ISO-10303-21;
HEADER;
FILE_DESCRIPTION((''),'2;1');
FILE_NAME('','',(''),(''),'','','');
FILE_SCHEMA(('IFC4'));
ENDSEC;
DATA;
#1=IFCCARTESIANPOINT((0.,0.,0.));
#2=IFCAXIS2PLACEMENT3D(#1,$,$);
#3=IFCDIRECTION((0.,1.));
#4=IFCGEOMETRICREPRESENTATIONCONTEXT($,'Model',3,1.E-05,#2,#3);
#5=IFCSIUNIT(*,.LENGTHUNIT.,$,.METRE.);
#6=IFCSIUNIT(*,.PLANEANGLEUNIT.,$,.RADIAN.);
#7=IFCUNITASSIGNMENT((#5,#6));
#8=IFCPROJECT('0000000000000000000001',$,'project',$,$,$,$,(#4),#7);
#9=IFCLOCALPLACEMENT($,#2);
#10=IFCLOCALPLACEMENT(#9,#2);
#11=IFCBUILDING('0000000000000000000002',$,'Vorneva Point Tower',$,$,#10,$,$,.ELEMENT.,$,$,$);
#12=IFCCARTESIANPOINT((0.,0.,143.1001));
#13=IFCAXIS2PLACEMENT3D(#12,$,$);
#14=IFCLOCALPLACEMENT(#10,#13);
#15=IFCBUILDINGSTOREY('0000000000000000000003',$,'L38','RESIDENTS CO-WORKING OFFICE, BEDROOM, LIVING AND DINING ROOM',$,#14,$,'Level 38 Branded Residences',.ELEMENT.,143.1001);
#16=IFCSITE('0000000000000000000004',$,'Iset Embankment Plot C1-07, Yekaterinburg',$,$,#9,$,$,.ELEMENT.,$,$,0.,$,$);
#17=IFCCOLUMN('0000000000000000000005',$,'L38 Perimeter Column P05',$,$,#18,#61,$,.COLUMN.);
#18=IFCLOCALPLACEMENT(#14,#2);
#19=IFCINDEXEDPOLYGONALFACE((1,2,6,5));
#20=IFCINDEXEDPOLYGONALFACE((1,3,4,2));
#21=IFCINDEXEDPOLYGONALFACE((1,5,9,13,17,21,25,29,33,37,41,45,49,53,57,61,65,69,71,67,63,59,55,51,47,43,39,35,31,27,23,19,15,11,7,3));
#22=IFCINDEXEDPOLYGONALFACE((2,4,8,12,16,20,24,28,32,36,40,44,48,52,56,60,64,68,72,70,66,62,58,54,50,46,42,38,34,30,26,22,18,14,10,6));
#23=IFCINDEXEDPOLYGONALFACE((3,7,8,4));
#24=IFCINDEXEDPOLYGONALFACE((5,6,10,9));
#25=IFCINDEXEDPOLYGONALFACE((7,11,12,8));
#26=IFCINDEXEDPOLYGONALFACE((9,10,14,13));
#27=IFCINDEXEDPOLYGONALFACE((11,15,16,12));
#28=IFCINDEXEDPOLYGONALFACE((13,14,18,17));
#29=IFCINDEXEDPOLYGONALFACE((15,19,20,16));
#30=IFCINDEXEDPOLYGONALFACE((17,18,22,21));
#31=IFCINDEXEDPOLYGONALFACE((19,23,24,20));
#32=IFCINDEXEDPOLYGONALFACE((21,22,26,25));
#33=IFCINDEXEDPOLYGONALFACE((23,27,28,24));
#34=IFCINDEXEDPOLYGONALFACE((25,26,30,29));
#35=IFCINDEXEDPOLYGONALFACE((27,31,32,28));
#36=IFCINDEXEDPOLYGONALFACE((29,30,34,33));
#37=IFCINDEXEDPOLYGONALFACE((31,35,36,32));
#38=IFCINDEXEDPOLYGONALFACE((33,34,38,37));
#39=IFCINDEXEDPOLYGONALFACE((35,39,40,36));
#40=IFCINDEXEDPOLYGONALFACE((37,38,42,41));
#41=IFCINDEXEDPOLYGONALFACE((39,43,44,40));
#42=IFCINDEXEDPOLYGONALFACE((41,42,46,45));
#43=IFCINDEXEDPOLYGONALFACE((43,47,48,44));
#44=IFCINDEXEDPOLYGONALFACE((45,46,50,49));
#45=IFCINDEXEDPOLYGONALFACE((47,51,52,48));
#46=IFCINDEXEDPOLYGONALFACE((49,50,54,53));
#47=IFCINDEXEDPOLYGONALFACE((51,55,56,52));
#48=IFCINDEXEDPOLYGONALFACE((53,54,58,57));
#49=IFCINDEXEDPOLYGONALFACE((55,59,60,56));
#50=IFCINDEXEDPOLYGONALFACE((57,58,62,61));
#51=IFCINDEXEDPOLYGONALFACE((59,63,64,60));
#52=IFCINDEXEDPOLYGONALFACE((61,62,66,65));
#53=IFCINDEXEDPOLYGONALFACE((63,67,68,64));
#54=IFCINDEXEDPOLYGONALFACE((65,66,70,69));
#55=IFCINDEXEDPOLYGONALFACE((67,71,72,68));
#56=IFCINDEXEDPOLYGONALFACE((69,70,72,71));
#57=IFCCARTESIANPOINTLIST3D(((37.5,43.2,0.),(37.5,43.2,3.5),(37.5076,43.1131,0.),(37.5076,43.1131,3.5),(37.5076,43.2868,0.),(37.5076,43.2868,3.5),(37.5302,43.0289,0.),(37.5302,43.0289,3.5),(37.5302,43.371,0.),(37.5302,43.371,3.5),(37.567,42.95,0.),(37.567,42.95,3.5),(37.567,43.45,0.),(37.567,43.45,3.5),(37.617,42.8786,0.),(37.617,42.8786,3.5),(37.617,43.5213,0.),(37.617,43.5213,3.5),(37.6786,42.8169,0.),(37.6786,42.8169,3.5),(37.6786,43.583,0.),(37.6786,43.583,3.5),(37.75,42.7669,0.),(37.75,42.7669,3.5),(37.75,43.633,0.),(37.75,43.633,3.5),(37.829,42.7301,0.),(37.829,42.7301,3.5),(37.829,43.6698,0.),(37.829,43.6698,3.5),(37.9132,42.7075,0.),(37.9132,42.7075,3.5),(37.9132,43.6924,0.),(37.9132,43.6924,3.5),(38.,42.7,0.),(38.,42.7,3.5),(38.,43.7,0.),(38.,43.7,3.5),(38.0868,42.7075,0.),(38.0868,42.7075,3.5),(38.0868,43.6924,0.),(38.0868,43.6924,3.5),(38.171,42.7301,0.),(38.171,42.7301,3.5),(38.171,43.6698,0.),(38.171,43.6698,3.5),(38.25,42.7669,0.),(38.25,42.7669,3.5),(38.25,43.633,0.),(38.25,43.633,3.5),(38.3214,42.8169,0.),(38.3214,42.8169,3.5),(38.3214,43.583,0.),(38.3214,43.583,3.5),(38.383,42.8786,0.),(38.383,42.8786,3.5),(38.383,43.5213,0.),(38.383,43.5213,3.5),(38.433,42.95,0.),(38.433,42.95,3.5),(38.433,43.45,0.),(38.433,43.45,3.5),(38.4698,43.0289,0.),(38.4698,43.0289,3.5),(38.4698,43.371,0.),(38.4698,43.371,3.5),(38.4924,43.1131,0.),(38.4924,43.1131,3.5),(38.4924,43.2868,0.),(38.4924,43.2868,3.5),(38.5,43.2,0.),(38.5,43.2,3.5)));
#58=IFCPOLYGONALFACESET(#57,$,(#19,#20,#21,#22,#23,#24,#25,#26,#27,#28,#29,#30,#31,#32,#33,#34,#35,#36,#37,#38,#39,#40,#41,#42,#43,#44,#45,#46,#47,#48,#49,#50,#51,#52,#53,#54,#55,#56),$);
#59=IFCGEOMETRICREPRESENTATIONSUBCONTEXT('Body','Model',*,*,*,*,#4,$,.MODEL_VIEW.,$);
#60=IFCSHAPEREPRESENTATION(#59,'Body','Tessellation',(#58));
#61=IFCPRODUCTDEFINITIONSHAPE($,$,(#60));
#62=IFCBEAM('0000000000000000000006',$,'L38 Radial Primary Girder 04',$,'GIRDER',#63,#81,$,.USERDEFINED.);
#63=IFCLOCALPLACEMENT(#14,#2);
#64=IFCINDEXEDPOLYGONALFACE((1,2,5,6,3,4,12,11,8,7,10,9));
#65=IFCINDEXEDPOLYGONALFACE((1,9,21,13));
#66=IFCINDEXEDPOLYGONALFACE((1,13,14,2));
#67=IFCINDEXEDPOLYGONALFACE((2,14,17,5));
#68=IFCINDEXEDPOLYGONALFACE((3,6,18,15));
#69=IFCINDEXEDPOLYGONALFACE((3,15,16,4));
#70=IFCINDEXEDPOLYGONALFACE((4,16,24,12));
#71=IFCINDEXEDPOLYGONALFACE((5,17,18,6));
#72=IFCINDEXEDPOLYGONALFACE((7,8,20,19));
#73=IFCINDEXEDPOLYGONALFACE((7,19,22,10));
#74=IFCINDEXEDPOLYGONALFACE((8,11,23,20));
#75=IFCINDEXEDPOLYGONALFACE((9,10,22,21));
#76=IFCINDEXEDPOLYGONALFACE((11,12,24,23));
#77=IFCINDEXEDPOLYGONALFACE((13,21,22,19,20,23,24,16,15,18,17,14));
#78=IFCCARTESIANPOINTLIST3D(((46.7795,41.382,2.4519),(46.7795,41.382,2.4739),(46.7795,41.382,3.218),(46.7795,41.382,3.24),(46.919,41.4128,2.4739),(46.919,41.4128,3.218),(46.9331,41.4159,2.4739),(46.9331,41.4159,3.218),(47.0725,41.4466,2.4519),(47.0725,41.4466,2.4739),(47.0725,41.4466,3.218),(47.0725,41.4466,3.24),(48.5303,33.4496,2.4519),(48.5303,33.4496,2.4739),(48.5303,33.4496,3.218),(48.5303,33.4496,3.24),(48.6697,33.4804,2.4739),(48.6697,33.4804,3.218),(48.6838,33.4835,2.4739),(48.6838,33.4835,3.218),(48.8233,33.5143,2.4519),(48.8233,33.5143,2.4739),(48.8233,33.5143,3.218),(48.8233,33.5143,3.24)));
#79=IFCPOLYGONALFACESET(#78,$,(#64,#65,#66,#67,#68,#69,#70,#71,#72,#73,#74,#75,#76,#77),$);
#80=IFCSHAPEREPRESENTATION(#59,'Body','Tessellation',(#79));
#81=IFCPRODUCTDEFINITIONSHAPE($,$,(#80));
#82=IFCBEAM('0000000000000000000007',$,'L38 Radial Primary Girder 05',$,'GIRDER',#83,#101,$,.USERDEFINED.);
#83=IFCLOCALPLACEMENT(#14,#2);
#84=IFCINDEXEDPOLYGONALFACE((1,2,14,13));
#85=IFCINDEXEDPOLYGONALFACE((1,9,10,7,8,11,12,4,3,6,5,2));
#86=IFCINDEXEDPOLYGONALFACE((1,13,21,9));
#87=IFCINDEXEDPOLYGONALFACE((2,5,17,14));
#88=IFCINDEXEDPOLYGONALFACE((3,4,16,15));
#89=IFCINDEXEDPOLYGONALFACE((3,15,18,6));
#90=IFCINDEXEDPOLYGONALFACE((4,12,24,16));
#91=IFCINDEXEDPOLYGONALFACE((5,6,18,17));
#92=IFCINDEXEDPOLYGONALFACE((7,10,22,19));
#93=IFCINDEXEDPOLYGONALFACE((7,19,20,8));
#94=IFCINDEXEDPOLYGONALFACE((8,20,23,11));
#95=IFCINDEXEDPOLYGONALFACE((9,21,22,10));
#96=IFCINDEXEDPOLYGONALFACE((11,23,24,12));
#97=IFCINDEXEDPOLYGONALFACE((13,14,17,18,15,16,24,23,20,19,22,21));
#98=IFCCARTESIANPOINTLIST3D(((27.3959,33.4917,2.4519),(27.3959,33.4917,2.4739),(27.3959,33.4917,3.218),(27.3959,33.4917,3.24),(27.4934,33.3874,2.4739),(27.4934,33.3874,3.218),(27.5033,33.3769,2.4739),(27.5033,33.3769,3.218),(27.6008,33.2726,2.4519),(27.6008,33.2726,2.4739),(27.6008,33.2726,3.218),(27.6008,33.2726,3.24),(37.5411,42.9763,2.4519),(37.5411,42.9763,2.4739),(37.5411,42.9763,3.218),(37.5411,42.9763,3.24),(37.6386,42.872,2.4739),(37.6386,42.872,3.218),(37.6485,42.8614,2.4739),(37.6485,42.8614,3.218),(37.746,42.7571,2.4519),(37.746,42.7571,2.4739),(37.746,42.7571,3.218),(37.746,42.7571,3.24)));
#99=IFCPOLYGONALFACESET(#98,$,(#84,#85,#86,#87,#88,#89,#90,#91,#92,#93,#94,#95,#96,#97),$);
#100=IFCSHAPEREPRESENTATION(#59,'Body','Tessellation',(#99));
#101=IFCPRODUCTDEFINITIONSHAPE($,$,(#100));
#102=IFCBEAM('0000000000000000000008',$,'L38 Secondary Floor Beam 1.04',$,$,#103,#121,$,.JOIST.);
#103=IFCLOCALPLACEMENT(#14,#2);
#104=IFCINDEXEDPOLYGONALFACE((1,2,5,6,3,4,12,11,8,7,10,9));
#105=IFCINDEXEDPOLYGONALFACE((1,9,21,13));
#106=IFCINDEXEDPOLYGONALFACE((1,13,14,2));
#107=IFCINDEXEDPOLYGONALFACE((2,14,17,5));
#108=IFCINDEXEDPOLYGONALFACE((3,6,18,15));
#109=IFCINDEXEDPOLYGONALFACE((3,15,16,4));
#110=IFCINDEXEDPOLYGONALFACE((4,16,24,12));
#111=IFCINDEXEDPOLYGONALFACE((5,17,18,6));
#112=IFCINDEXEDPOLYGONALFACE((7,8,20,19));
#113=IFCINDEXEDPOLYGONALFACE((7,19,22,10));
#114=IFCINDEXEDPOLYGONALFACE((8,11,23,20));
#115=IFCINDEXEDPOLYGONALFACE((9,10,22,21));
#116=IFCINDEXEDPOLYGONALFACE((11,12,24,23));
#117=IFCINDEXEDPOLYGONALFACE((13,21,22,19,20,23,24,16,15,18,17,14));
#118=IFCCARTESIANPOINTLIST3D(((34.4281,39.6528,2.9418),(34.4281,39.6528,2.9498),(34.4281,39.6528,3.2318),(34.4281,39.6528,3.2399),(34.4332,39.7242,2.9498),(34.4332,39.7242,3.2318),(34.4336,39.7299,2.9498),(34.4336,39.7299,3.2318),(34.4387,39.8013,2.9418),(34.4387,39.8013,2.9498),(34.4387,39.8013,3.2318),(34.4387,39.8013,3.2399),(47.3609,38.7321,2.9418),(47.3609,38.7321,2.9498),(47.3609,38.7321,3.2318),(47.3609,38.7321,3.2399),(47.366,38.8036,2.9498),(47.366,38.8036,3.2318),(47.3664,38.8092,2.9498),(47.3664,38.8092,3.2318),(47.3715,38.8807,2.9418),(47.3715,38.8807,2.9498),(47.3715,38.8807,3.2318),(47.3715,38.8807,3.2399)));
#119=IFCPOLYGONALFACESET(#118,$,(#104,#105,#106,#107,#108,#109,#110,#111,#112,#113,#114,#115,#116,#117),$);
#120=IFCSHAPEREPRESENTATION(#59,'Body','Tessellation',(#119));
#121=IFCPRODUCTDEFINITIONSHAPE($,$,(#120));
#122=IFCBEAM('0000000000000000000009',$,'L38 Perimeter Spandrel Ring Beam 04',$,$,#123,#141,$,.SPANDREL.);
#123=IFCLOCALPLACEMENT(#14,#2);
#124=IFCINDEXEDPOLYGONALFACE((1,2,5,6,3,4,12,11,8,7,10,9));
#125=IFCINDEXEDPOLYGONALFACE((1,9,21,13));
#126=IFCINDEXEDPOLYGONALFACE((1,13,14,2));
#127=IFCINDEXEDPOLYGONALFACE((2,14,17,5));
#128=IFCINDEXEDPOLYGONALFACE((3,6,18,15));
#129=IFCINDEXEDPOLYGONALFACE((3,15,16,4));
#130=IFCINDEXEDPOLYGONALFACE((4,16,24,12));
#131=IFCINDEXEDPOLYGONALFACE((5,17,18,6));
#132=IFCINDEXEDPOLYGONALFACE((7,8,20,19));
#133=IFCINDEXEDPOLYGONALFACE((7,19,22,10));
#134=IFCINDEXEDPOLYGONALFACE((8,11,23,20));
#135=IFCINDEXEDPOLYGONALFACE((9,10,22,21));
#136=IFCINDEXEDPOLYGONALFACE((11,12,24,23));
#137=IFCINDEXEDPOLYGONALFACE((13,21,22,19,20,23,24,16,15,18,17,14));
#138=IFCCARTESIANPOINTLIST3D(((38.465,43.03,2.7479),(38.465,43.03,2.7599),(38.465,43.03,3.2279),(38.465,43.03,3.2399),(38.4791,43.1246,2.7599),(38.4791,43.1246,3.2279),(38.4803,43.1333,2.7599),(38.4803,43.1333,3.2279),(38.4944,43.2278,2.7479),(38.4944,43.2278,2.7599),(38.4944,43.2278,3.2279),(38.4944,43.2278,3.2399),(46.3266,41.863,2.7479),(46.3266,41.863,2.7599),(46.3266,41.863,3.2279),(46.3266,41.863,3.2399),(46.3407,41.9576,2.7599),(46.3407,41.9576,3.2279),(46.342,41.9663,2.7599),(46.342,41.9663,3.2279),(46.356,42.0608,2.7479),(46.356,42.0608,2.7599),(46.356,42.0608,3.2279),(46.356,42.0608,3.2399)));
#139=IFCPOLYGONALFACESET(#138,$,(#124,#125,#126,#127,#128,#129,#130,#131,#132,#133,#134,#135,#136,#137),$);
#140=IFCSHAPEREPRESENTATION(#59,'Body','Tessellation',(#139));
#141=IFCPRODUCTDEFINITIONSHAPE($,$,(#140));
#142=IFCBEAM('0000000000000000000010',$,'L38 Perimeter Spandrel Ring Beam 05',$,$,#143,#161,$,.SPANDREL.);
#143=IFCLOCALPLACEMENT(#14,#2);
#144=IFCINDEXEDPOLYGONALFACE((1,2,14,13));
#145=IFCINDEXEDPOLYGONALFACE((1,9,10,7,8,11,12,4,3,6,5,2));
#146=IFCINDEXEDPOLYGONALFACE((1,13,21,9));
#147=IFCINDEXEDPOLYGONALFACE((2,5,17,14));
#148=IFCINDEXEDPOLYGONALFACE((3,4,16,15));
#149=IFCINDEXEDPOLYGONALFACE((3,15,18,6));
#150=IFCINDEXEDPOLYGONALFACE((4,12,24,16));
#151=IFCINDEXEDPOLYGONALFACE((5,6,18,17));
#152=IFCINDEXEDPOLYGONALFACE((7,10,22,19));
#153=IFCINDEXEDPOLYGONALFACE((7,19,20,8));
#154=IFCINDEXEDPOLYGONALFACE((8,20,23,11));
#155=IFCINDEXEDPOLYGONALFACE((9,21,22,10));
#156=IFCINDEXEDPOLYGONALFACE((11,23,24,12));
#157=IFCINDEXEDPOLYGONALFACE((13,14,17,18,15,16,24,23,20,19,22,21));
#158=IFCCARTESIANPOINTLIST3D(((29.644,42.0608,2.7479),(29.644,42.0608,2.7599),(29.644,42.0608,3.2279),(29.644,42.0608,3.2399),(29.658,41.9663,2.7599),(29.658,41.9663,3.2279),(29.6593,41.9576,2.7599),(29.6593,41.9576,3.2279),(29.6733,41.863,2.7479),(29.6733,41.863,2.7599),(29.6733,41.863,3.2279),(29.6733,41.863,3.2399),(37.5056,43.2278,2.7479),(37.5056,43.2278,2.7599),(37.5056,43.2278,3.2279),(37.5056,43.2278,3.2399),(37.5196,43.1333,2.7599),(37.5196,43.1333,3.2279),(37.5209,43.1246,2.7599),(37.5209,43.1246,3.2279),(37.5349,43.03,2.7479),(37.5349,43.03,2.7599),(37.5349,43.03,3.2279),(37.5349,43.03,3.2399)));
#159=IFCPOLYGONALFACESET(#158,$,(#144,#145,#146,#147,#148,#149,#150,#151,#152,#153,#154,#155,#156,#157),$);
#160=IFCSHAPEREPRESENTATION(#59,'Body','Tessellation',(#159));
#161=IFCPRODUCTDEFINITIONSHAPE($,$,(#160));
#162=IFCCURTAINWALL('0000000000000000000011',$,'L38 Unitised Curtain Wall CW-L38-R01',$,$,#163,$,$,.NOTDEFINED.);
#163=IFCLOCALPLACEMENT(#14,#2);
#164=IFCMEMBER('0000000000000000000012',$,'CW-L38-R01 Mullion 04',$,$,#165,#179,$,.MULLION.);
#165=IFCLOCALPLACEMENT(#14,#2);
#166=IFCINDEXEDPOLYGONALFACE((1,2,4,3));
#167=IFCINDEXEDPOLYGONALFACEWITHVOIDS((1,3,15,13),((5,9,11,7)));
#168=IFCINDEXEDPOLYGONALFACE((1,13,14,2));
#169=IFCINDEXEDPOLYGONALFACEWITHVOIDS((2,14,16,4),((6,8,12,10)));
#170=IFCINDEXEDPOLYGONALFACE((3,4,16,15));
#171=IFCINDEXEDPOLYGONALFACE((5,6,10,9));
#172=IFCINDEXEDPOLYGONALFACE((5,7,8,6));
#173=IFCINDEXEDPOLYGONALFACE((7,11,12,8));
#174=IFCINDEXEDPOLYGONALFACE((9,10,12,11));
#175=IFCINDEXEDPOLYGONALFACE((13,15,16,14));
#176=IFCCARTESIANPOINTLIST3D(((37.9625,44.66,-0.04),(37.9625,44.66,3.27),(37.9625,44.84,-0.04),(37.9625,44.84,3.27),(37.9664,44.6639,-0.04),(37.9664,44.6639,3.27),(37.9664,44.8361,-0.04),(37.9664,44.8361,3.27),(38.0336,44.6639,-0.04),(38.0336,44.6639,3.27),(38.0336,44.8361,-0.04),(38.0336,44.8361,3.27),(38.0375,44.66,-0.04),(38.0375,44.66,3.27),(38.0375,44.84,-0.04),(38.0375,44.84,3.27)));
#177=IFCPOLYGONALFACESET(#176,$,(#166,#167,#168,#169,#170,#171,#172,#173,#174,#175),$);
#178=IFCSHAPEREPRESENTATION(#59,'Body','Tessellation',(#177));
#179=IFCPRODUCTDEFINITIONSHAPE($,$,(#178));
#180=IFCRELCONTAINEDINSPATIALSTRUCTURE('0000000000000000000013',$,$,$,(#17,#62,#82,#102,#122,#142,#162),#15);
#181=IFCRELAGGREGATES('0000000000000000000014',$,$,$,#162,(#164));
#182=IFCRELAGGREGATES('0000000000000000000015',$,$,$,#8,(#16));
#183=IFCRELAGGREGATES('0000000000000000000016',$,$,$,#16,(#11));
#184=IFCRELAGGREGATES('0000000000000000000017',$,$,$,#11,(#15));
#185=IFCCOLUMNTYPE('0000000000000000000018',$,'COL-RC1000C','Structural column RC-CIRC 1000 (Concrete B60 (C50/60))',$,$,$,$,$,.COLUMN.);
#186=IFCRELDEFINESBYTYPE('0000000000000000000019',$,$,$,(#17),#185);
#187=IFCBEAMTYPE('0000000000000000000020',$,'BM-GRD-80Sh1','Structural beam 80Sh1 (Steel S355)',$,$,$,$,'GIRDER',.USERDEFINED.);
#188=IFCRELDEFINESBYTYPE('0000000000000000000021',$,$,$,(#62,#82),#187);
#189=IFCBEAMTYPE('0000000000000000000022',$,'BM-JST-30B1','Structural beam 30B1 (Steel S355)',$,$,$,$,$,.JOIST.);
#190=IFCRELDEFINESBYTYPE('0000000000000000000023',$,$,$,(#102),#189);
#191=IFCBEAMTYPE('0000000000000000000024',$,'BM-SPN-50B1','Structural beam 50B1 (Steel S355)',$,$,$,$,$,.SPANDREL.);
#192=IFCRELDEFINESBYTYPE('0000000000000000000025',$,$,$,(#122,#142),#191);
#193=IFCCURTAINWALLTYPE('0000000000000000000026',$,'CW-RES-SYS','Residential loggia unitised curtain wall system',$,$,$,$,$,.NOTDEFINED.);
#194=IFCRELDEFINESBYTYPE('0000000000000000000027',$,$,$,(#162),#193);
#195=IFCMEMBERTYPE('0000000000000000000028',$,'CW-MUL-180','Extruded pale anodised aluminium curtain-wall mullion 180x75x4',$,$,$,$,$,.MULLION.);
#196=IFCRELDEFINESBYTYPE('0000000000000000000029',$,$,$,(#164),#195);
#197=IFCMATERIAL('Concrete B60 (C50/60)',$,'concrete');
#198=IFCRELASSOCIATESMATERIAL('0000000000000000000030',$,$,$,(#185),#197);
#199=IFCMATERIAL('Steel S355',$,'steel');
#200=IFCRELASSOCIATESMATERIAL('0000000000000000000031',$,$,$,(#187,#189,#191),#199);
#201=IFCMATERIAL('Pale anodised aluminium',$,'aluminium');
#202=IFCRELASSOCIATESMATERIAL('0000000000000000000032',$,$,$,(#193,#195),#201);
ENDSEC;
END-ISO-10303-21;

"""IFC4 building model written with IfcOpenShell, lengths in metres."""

from ifc_helpers import new_model, si_unit, direction, frame, origin, origin_2d, place, context, subcontext, project, spatial, hollow_rectangle, circle, i_section, extrude, material, material_profile, profile_set, type_object, element, aggregate, save


model = new_model("IFC4")

# Units and contexts
model_context = context("Model", 3, precision=1e-05, world=origin(), true_north=direction((0.0, 1.0)))
body_context = subcontext(model_context, "Body", "Model", "MODEL_VIEW")
ifc_project = project(units=[si_unit("LENGTHUNIT", "METRE"), si_unit("PLANEANGLEUNIT", "RADIAN")], contexts=[model_context])

# Site, building, storey
site_placement = place(None, origin())
site = spatial("IfcSite", under=ifc_project, at=site_placement, Name="Iset Embankment Plot C1-07, Yekaterinburg", CompositionType="ELEMENT", RefElevation=0.0)
building_placement = place(site_placement, origin())
building = spatial("IfcBuilding", under=site, at=building_placement, Name="Vorneva Point Tower", CompositionType="ELEMENT")
storey_placement = place(building_placement, frame((0.0, 0.0, 143.1001)))
storey = spatial("IfcBuildingStorey", under=building, at=storey_placement, Name="L38", Description="RESIDENTS CO-WORKING OFFICE, BEDROOM, LIVING AND DINING ROOM", LongName="Level 38 Branded Residences", CompositionType="ELEMENT", Elevation=143.1001)

# Column
ifc_material_1 = material(Name="Concrete B60 (C50/60)", Category="concrete")
ifc_material_profile_1 = material_profile(ifc_material_1, circle(Radius=0.5, at=origin_2d()), Name="RC-CIRC 1000")
ifc_profile_set_1 = profile_set([ifc_material_profile_1], Name="Concrete B60 (C50/60)")
column_type = type_object("IfcColumnType", Name="COL-RC1000C", Description="Structural column RC-CIRC 1000 (Concrete B60 (C50/60))", PredefinedType="COLUMN", material=ifc_profile_set_1)
for number, where, z_axis, x_axis, name in (
    (1, (38.0, 43.2, 0.0), (0.0, 0.0, 1.0), (0.0, 1.0, 0.0), "L38 Perimeter Column P05"),
):
    element("IfcColumn", number, at=place(storey_placement, frame(where, z_axis=z_axis, x_axis=x_axis)), inside=storey, type_object=column_type, Name=name, PredefinedType="COLUMN", context=body_context, shape_type="SweptSolid", body=[
        extrude(circle(Radius=0.5, at=origin_2d()), origin(), (0.0, 0.0, 1.0), 3.5),
    ])

# Beams
ifc_material_2 = material(Name="Steel S355", Category="steel")
ifc_material_profile_2 = material_profile(ifc_material_2, i_section(OverallWidth=0.3, OverallDepth=0.7881, WebThickness=0.0144, FlangeThickness=0.022, at=origin_2d()), Name="80Sh1")
ifc_profile_set_2 = profile_set([ifc_material_profile_2], Name="Steel S355")
beam_type_1 = type_object("IfcBeamType", Name="BM-GRD-80Sh1", Description="Structural beam 80Sh1 (Steel S355)", ElementType="GIRDER", PredefinedType="USERDEFINED", material=ifc_profile_set_2)
beam_1_placement = place(storey_placement, frame((46.926, 41.4143, 2.8459), z_axis=(0.215521, -0.976499, 0.0), x_axis=(0.976499, 0.215521, 0.0)))
element("IfcBeam", 2, at=beam_1_placement, inside=storey, type_object=beam_type_1, Name="L38 Radial Primary Girder 04", ObjectType="GIRDER", PredefinedType="USERDEFINED", context=body_context, shape_type="SweptSolid", body=[
    extrude(i_section(OverallWidth=0.3, OverallDepth=0.7881, WebThickness=0.0144, FlangeThickness=0.022, at=origin_2d()), origin(), (0.0, 0.0, 1.0), 8.1233),
])
beam_2_placement = place(storey_placement, frame((37.6436, 42.8667, 2.8459), z_axis=(-0.730491, -0.682922, 0.0), x_axis=(0.682922, -0.730491, 0.0)))
element("IfcBeam", 3, at=beam_2_placement, inside=storey, type_object=beam_type_1, Name="L38 Radial Primary Girder 05", ObjectType="GIRDER", PredefinedType="USERDEFINED", context=body_context, shape_type="SweptSolid", body=[
    extrude(i_section(OverallWidth=0.3, OverallDepth=0.7881, WebThickness=0.0144, FlangeThickness=0.022, at=origin_2d()), origin(), (0.0, 0.0, 1.0), 13.8882),
])
ifc_material_profile_3 = material_profile(ifc_material_2, i_section(OverallWidth=0.1489, OverallDepth=0.2981, WebThickness=0.0056, FlangeThickness=0.0081, at=origin_2d()), Name="30B1")
ifc_profile_set_3 = profile_set([ifc_material_profile_3], Name="Steel S355")
beam_type_2 = type_object("IfcBeamType", Name="BM-JST-30B1", Description="Structural beam 30B1 (Steel S355)", PredefinedType="JOIST", material=ifc_profile_set_3)
beam_3_placement = place(storey_placement, frame((47.3662, 38.8064, 3.0908), z_axis=(-0.997476, 0.071008, 0.0), x_axis=(-0.071008, -0.997476, 0.0)))
element("IfcBeam", 4, at=beam_3_placement, inside=storey, type_object=beam_type_2, Name="L38 Secondary Floor Beam 1.04", PredefinedType="JOIST", context=body_context, shape_type="SweptSolid", body=[
    extrude(i_section(OverallWidth=0.1489, OverallDepth=0.2981, WebThickness=0.0056, FlangeThickness=0.0081, at=origin_2d()), origin(), (0.0, 0.0, 1.0), 12.9656),
])
ifc_material_profile_4 = material_profile(ifc_material_2, i_section(OverallWidth=0.2, OverallDepth=0.4919, WebThickness=0.0088, FlangeThickness=0.012, at=origin_2d()), Name="50B1")
ifc_profile_set_4 = profile_set([ifc_material_profile_4], Name="Steel S355")
beam_type_3 = type_object("IfcBeamType", Name="BM-SPN-50B1", Description="Structural beam 50B1 (Steel S355)", PredefinedType="SPANDREL", material=ifc_profile_set_4)
for number, where, z_axis, x_axis, name in (
    (5, (46.3413, 41.9619, 2.9939), (-0.989161, 0.146834, 0.0), (-0.146834, -0.989161, 0.0), "L38 Perimeter Spandrel Ring Beam 04"),
    (6, (37.5203, 43.1289, 2.9939), (-0.989161, -0.146834, 0.0), (0.146834, -0.989161, 0.0), "L38 Perimeter Spandrel Ring Beam 05"),
):
    element("IfcBeam", number, at=place(storey_placement, frame(where, z_axis=z_axis, x_axis=x_axis)), inside=storey, type_object=beam_type_3, Name=name, PredefinedType="SPANDREL", context=body_context, shape_type="SweptSolid", body=[
        extrude(i_section(OverallWidth=0.2, OverallDepth=0.4919, WebThickness=0.0088, FlangeThickness=0.012, at=origin_2d()), origin(), (0.0, 0.0, 1.0), 7.9478),
    ])

# Curtain wall, member
ifc_material_3 = material(Name="Pale anodised aluminium", Category="aluminium")
curtain_wall_type = type_object("IfcCurtainWallType", Name="CW-RES-SYS", Description="Residential loggia unitised curtain wall system", PredefinedType="NOTDEFINED", material=ifc_material_3)
curtain_wall_placement = place(storey_placement, origin())
curtain_wall = element("IfcCurtainWall", 7, at=curtain_wall_placement, inside=storey, type_object=curtain_wall_type, Name="L38 Unitised Curtain Wall CW-L38-R01", PredefinedType="NOTDEFINED")
ifc_material_profile_5 = material_profile(ifc_material_3, hollow_rectangle(XDim=0.075, YDim=0.1799, WallThickness=0.0039, at=origin_2d()), Name="AL-MUL 180x75x4")
ifc_profile_set_5 = profile_set([ifc_material_profile_5], Name="Pale anodised aluminium")
member_type_1 = type_object("IfcMemberType", Name="CW-MUL-180", Description="Extruded pale anodised aluminium curtain-wall mullion 180x75x4", PredefinedType="MULLION", material=ifc_profile_set_5)
member_1_placement = place(storey_placement, frame((38.0, 44.75, -0.04), z_axis=(0.0, 0.0, 1.0), x_axis=(1.0, 0.0, 0.0)))
member_1 = element("IfcMember", 8, at=member_1_placement, type_object=member_type_1, Name="CW-L38-R01 Mullion 04", PredefinedType="MULLION", context=body_context, shape_type="SweptSolid", body=[
    extrude(hollow_rectangle(XDim=0.075, YDim=0.1799, WallThickness=0.0039, at=origin_2d()), origin(), (0.0, 0.0, 1.0), 3.3101),
])
aggregate(curtain_wall, [member_1])

save(model, "model.ifc")
